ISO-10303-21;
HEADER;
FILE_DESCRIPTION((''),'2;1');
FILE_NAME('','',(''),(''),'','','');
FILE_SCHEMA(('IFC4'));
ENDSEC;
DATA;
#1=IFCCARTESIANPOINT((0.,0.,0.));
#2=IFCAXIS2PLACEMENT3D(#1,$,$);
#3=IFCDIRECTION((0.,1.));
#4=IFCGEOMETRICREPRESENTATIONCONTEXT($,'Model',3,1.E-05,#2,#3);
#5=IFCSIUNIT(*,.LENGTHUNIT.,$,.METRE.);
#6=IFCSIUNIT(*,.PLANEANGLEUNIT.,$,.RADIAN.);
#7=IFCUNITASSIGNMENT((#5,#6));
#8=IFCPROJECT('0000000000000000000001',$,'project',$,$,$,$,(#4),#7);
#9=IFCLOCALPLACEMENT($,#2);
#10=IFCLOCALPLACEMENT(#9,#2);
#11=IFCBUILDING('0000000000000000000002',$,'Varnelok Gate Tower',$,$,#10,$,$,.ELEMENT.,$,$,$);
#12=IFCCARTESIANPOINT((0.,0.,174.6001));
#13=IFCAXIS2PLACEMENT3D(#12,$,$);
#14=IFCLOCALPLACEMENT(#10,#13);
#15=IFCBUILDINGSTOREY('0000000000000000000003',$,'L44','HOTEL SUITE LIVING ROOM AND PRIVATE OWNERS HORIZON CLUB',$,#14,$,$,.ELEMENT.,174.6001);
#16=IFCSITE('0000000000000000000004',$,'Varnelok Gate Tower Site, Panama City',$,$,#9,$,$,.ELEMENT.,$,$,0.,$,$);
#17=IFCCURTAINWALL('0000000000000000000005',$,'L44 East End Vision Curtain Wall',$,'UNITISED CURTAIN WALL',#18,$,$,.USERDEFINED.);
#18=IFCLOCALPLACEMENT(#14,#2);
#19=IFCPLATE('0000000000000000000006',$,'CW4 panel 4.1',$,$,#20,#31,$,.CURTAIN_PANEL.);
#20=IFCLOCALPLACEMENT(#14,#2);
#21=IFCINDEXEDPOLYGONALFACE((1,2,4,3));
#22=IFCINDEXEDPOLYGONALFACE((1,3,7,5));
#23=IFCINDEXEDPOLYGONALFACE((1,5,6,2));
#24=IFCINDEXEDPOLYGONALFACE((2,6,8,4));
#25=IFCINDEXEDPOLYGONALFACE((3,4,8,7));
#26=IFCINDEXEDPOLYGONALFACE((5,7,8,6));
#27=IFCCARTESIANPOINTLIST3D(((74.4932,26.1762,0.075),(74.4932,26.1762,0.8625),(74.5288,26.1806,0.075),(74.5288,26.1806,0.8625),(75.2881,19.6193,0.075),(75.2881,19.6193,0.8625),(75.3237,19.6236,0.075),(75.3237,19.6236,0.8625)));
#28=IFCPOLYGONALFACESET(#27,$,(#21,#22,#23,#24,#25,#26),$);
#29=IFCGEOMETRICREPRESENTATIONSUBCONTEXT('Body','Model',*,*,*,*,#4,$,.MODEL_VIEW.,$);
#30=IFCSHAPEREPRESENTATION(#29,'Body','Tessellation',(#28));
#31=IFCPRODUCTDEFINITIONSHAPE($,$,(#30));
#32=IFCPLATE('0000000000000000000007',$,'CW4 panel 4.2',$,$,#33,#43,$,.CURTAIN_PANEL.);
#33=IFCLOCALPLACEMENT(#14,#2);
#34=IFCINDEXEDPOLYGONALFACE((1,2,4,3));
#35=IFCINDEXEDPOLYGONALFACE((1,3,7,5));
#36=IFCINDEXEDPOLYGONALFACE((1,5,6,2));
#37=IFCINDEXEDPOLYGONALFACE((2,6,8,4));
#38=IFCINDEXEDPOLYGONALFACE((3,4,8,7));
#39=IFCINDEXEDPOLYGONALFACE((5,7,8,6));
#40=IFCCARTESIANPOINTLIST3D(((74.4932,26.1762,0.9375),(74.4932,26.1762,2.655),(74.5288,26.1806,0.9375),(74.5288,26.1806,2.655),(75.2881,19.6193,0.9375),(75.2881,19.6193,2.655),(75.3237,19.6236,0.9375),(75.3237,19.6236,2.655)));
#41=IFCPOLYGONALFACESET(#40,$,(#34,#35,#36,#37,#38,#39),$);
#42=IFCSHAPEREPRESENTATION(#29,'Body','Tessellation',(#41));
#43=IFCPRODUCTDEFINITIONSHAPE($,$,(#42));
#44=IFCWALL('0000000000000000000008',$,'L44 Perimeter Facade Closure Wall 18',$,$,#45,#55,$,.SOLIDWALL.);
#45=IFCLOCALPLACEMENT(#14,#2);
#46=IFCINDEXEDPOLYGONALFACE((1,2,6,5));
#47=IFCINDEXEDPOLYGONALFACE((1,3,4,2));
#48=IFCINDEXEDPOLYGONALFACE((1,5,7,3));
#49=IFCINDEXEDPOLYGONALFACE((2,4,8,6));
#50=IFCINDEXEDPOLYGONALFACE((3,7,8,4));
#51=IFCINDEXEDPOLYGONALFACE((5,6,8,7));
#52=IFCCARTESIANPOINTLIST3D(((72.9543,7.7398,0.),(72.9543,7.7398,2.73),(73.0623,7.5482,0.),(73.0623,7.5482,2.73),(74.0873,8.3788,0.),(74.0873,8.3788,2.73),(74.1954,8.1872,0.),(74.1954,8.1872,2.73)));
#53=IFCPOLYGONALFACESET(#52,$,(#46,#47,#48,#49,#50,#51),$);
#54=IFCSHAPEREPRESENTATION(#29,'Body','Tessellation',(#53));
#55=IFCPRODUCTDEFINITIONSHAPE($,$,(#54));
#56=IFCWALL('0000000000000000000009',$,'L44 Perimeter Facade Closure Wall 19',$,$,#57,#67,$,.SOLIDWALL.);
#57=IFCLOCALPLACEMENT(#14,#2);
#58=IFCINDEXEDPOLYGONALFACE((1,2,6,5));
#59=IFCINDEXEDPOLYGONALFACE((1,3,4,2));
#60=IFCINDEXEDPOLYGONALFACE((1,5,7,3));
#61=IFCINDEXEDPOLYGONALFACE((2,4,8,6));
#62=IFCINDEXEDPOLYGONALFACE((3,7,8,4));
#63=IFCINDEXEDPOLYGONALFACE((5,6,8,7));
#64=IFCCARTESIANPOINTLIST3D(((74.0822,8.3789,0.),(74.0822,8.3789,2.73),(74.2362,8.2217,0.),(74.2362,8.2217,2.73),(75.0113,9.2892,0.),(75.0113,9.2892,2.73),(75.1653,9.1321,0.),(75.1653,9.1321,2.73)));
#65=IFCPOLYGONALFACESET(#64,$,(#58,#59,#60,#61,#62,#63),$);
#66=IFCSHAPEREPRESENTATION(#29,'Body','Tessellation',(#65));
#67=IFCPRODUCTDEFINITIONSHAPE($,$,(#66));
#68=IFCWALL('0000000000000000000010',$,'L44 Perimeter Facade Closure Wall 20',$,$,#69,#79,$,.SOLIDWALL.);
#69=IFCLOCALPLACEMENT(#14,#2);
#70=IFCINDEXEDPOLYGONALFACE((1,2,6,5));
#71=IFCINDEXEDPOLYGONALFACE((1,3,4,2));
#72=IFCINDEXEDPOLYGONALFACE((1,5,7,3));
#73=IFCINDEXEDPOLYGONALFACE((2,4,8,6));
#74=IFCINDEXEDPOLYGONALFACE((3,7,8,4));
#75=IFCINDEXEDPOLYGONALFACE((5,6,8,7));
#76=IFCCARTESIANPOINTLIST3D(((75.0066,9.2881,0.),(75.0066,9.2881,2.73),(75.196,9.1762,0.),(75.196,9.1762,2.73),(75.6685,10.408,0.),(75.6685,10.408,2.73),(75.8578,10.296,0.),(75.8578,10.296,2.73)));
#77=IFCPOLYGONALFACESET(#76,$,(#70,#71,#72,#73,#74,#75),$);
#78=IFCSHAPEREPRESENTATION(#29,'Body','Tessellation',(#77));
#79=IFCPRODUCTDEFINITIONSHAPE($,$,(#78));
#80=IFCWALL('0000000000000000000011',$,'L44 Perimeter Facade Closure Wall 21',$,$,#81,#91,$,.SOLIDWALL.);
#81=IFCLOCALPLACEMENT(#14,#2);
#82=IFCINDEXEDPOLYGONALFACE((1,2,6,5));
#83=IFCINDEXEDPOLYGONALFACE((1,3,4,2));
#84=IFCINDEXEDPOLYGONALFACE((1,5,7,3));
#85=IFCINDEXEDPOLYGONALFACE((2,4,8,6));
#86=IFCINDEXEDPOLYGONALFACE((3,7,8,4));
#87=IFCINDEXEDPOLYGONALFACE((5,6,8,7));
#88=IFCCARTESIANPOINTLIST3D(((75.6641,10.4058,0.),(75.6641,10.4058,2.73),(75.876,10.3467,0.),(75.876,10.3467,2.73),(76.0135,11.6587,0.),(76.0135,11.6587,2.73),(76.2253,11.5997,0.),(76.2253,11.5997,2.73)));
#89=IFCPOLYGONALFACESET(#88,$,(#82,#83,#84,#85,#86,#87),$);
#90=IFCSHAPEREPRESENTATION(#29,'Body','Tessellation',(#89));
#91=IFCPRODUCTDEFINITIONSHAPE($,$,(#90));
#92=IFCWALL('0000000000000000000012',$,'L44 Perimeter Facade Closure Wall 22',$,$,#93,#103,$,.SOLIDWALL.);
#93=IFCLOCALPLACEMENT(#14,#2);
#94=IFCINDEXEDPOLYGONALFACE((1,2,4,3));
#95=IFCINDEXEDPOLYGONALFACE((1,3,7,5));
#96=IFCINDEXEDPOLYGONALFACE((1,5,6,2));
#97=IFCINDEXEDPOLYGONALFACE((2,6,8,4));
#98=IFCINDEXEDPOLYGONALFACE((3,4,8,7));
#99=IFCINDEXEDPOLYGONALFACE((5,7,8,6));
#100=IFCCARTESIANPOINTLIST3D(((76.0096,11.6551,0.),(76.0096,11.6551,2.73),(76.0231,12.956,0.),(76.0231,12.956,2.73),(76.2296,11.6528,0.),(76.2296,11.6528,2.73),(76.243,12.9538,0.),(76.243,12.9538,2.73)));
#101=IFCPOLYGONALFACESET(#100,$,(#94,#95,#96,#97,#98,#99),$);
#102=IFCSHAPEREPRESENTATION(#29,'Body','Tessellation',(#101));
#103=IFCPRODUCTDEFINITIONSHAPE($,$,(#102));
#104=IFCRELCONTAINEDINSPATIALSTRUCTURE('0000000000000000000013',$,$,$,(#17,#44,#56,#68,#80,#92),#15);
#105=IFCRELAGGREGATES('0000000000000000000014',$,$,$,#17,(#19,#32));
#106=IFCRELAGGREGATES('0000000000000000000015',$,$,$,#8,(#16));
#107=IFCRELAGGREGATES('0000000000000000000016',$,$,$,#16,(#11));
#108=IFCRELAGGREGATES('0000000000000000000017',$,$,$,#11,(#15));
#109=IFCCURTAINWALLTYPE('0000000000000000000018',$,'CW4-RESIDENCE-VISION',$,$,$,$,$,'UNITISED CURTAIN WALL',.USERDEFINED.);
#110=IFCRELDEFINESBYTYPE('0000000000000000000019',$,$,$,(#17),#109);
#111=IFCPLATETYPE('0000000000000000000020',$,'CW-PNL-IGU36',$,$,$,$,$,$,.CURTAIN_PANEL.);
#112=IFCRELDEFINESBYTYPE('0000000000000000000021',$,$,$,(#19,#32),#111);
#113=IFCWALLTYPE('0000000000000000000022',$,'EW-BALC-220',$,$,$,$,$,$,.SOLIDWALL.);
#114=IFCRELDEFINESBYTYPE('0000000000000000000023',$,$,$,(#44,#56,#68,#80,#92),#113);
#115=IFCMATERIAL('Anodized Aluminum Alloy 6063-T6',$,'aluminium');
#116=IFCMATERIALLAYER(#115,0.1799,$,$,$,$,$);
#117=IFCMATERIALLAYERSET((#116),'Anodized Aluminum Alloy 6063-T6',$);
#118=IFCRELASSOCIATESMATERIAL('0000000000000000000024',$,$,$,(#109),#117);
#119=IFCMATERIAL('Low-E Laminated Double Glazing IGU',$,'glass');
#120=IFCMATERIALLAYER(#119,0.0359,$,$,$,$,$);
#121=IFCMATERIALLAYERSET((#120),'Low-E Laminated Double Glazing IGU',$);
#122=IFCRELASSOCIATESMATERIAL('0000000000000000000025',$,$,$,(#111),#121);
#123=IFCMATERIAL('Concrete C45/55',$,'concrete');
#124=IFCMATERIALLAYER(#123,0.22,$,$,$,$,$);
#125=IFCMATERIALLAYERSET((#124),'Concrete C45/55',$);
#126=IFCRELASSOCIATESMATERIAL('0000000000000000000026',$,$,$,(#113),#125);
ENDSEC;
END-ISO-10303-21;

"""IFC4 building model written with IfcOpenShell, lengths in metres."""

from ifc_helpers import new_model, si_unit, direction, frame, frame_2d, origin, origin_2d, place, context, subcontext, project, spatial, rectangle, extrude, source, transform, mapped, material, layer, layer_set, type_object, element, aggregate, save


model = new_model("IFC4")

# Units and contexts
model_context = context("Model", 3, precision=1e-05, world=origin(), true_north=direction((0.0, 1.0)))
body_context = subcontext(model_context, "Body", "Model", "MODEL_VIEW")
ifc_project = project(units=[si_unit("LENGTHUNIT", "METRE"), si_unit("PLANEANGLEUNIT", "RADIAN")], contexts=[model_context])

# Site, building, storey
site_placement = place(None, origin())
site = spatial("IfcSite", under=ifc_project, at=site_placement, Name="Varnelok Gate Tower Site, Panama City", CompositionType="ELEMENT", RefElevation=0.0)
building_placement = place(site_placement, origin())
building = spatial("IfcBuilding", under=site, at=building_placement, Name="Varnelok Gate Tower", CompositionType="ELEMENT")
storey_placement = place(building_placement, frame((0.0, 0.0, 174.6001)))
storey = spatial("IfcBuildingStorey", under=building, at=storey_placement, Name="L44", Description="HOTEL SUITE LIVING ROOM AND PRIVATE OWNERS HORIZON CLUB", CompositionType="ELEMENT", Elevation=174.6001)

# Curtain wall, plates
ifc_material_1 = material(Name="Anodized Aluminum Alloy 6063-T6", Category="aluminium")
ifc_layer_1 = layer(ifc_material_1, 0.1799)
ifc_layer_set_1 = layer_set([ifc_layer_1], Name="Anodized Aluminum Alloy 6063-T6")
curtain_wall_type = type_object("IfcCurtainWallType", Name="CW4-RESIDENCE-VISION", ElementType="UNITISED CURTAIN WALL", PredefinedType="USERDEFINED", material=ifc_layer_set_1)
curtain_wall_placement = place(storey_placement, origin())
curtain_wall = element("IfcCurtainWall", 1, at=curtain_wall_placement, inside=storey, type_object=curtain_wall_type, Name="L44 East End Vision Curtain Wall", ObjectType="UNITISED CURTAIN WALL", PredefinedType="USERDEFINED")
ifc_material_2 = material(Name="Low-E Laminated Double Glazing IGU", Category="glass")
ifc_layer_2 = layer(ifc_material_2, 0.0359)
ifc_layer_set_2 = layer_set([ifc_layer_2], Name="Low-E Laminated Double Glazing IGU")
plate_type = type_object("IfcPlateType", Name="CW-PNL-IGU36", PredefinedType="CURTAIN_PANEL", material=ifc_layer_set_2)
shared_shape_1 = source(origin(), body_context, "Body", "SweptSolid", [
    extrude(rectangle(XDim=6.605, YDim=0.0359, at=origin_2d()), origin(), (0.0, 0.0, 1.0), 0.7876),
])
plate_1_placement = place(storey_placement, frame((74.9084, 22.8999, 0.075), z_axis=(0.0, 0.0, 1.0), x_axis=(0.120345, -0.992732, 0.0)))
plate_1 = element("IfcPlate", 2, at=plate_1_placement, type_object=plate_type, Name="CW4 panel 4.1", PredefinedType="CURTAIN_PANEL", context=body_context, shape_type="MappedRepresentation", body=[
    mapped(shared_shape_1, transform((0.0, 0.0, 0.0), scale=1.0)),
])
shared_shape_2 = source(origin(), body_context, "Body", "SweptSolid", [
    extrude(rectangle(XDim=6.605, YDim=0.0359, at=origin_2d()), origin(), (0.0, 0.0, 1.0), 1.7175),
])
plate_2_placement = place(storey_placement, frame((74.9084, 22.8999, 0.9375), z_axis=(0.0, 0.0, 1.0), x_axis=(0.120345, -0.992732, 0.0)))
plate_2 = element("IfcPlate", 3, at=plate_2_placement, type_object=plate_type, Name="CW4 panel 4.2", PredefinedType="CURTAIN_PANEL", context=body_context, shape_type="MappedRepresentation", body=[
    mapped(shared_shape_2, transform((0.0, 0.0, 0.0), scale=1.0)),
])
aggregate(curtain_wall, [plate_1, plate_2])

# Walls
ifc_material_3 = material(Name="Concrete C45/55", Category="concrete")
ifc_layer_3 = layer(ifc_material_3, 0.22)
ifc_layer_set_3 = layer_set([ifc_layer_3], Name="Concrete C45/55")
wall_type = type_object("IfcWallType", Name="EW-BALC-220", PredefinedType="SOLIDWALL", material=ifc_layer_set_3)
for number, where, z_axis, x_axis, name in (
    (4, (73.0083, 7.644, 0.0), (0.0, 0.0, 1.0), (0.871059, 0.491179, 0.0), "L44 Perimeter Facade Closure Wall 18"),
    (5, (74.1592, 8.3003, 0.0), (0.0, 0.0, 1.0), (0.714295, 0.699844, 0.0), "L44 Perimeter Facade Closure Wall 19"),
    (6, (75.1013, 9.2322, 0.0), (0.0, 0.0, 1.0), (0.508799, 0.860885, 0.0), "L44 Perimeter Facade Closure Wall 20"),
    (7, (75.77, 10.3762, 0.0), (0.0, 0.0, 1.0), (0.268592, 0.963254, 0.0), "L44 Perimeter Facade Closure Wall 21"),
):
    element("IfcWall", number, at=place(storey_placement, frame(where, z_axis=z_axis, x_axis=x_axis)), inside=storey, type_object=wall_type, Name=name, PredefinedType="SOLIDWALL", context=body_context, shape_type="SweptSolid", body=[
        extrude(rectangle(XDim=1.3008, YDim=0.22, at=frame_2d((0.6504, 0.0))), origin(), (0.0, 0.0, 1.0), 2.73),
    ])
wall_placement = place(storey_placement, frame((76.1196, 11.6541, 0.0), z_axis=(0.0, 0.0, 1.0), x_axis=(0.01032, 0.999947, 0.0)))
element("IfcWall", 8, at=wall_placement, inside=storey, type_object=wall_type, Name="L44 Perimeter Facade Closure Wall 22", PredefinedType="SOLIDWALL", context=body_context, shape_type="SweptSolid", body=[
    extrude(rectangle(XDim=1.301, YDim=0.22, at=frame_2d((0.6504, 0.0))), origin(), (0.0, 0.0, 1.0), 2.73),
])

save(model, "model.ifc")
